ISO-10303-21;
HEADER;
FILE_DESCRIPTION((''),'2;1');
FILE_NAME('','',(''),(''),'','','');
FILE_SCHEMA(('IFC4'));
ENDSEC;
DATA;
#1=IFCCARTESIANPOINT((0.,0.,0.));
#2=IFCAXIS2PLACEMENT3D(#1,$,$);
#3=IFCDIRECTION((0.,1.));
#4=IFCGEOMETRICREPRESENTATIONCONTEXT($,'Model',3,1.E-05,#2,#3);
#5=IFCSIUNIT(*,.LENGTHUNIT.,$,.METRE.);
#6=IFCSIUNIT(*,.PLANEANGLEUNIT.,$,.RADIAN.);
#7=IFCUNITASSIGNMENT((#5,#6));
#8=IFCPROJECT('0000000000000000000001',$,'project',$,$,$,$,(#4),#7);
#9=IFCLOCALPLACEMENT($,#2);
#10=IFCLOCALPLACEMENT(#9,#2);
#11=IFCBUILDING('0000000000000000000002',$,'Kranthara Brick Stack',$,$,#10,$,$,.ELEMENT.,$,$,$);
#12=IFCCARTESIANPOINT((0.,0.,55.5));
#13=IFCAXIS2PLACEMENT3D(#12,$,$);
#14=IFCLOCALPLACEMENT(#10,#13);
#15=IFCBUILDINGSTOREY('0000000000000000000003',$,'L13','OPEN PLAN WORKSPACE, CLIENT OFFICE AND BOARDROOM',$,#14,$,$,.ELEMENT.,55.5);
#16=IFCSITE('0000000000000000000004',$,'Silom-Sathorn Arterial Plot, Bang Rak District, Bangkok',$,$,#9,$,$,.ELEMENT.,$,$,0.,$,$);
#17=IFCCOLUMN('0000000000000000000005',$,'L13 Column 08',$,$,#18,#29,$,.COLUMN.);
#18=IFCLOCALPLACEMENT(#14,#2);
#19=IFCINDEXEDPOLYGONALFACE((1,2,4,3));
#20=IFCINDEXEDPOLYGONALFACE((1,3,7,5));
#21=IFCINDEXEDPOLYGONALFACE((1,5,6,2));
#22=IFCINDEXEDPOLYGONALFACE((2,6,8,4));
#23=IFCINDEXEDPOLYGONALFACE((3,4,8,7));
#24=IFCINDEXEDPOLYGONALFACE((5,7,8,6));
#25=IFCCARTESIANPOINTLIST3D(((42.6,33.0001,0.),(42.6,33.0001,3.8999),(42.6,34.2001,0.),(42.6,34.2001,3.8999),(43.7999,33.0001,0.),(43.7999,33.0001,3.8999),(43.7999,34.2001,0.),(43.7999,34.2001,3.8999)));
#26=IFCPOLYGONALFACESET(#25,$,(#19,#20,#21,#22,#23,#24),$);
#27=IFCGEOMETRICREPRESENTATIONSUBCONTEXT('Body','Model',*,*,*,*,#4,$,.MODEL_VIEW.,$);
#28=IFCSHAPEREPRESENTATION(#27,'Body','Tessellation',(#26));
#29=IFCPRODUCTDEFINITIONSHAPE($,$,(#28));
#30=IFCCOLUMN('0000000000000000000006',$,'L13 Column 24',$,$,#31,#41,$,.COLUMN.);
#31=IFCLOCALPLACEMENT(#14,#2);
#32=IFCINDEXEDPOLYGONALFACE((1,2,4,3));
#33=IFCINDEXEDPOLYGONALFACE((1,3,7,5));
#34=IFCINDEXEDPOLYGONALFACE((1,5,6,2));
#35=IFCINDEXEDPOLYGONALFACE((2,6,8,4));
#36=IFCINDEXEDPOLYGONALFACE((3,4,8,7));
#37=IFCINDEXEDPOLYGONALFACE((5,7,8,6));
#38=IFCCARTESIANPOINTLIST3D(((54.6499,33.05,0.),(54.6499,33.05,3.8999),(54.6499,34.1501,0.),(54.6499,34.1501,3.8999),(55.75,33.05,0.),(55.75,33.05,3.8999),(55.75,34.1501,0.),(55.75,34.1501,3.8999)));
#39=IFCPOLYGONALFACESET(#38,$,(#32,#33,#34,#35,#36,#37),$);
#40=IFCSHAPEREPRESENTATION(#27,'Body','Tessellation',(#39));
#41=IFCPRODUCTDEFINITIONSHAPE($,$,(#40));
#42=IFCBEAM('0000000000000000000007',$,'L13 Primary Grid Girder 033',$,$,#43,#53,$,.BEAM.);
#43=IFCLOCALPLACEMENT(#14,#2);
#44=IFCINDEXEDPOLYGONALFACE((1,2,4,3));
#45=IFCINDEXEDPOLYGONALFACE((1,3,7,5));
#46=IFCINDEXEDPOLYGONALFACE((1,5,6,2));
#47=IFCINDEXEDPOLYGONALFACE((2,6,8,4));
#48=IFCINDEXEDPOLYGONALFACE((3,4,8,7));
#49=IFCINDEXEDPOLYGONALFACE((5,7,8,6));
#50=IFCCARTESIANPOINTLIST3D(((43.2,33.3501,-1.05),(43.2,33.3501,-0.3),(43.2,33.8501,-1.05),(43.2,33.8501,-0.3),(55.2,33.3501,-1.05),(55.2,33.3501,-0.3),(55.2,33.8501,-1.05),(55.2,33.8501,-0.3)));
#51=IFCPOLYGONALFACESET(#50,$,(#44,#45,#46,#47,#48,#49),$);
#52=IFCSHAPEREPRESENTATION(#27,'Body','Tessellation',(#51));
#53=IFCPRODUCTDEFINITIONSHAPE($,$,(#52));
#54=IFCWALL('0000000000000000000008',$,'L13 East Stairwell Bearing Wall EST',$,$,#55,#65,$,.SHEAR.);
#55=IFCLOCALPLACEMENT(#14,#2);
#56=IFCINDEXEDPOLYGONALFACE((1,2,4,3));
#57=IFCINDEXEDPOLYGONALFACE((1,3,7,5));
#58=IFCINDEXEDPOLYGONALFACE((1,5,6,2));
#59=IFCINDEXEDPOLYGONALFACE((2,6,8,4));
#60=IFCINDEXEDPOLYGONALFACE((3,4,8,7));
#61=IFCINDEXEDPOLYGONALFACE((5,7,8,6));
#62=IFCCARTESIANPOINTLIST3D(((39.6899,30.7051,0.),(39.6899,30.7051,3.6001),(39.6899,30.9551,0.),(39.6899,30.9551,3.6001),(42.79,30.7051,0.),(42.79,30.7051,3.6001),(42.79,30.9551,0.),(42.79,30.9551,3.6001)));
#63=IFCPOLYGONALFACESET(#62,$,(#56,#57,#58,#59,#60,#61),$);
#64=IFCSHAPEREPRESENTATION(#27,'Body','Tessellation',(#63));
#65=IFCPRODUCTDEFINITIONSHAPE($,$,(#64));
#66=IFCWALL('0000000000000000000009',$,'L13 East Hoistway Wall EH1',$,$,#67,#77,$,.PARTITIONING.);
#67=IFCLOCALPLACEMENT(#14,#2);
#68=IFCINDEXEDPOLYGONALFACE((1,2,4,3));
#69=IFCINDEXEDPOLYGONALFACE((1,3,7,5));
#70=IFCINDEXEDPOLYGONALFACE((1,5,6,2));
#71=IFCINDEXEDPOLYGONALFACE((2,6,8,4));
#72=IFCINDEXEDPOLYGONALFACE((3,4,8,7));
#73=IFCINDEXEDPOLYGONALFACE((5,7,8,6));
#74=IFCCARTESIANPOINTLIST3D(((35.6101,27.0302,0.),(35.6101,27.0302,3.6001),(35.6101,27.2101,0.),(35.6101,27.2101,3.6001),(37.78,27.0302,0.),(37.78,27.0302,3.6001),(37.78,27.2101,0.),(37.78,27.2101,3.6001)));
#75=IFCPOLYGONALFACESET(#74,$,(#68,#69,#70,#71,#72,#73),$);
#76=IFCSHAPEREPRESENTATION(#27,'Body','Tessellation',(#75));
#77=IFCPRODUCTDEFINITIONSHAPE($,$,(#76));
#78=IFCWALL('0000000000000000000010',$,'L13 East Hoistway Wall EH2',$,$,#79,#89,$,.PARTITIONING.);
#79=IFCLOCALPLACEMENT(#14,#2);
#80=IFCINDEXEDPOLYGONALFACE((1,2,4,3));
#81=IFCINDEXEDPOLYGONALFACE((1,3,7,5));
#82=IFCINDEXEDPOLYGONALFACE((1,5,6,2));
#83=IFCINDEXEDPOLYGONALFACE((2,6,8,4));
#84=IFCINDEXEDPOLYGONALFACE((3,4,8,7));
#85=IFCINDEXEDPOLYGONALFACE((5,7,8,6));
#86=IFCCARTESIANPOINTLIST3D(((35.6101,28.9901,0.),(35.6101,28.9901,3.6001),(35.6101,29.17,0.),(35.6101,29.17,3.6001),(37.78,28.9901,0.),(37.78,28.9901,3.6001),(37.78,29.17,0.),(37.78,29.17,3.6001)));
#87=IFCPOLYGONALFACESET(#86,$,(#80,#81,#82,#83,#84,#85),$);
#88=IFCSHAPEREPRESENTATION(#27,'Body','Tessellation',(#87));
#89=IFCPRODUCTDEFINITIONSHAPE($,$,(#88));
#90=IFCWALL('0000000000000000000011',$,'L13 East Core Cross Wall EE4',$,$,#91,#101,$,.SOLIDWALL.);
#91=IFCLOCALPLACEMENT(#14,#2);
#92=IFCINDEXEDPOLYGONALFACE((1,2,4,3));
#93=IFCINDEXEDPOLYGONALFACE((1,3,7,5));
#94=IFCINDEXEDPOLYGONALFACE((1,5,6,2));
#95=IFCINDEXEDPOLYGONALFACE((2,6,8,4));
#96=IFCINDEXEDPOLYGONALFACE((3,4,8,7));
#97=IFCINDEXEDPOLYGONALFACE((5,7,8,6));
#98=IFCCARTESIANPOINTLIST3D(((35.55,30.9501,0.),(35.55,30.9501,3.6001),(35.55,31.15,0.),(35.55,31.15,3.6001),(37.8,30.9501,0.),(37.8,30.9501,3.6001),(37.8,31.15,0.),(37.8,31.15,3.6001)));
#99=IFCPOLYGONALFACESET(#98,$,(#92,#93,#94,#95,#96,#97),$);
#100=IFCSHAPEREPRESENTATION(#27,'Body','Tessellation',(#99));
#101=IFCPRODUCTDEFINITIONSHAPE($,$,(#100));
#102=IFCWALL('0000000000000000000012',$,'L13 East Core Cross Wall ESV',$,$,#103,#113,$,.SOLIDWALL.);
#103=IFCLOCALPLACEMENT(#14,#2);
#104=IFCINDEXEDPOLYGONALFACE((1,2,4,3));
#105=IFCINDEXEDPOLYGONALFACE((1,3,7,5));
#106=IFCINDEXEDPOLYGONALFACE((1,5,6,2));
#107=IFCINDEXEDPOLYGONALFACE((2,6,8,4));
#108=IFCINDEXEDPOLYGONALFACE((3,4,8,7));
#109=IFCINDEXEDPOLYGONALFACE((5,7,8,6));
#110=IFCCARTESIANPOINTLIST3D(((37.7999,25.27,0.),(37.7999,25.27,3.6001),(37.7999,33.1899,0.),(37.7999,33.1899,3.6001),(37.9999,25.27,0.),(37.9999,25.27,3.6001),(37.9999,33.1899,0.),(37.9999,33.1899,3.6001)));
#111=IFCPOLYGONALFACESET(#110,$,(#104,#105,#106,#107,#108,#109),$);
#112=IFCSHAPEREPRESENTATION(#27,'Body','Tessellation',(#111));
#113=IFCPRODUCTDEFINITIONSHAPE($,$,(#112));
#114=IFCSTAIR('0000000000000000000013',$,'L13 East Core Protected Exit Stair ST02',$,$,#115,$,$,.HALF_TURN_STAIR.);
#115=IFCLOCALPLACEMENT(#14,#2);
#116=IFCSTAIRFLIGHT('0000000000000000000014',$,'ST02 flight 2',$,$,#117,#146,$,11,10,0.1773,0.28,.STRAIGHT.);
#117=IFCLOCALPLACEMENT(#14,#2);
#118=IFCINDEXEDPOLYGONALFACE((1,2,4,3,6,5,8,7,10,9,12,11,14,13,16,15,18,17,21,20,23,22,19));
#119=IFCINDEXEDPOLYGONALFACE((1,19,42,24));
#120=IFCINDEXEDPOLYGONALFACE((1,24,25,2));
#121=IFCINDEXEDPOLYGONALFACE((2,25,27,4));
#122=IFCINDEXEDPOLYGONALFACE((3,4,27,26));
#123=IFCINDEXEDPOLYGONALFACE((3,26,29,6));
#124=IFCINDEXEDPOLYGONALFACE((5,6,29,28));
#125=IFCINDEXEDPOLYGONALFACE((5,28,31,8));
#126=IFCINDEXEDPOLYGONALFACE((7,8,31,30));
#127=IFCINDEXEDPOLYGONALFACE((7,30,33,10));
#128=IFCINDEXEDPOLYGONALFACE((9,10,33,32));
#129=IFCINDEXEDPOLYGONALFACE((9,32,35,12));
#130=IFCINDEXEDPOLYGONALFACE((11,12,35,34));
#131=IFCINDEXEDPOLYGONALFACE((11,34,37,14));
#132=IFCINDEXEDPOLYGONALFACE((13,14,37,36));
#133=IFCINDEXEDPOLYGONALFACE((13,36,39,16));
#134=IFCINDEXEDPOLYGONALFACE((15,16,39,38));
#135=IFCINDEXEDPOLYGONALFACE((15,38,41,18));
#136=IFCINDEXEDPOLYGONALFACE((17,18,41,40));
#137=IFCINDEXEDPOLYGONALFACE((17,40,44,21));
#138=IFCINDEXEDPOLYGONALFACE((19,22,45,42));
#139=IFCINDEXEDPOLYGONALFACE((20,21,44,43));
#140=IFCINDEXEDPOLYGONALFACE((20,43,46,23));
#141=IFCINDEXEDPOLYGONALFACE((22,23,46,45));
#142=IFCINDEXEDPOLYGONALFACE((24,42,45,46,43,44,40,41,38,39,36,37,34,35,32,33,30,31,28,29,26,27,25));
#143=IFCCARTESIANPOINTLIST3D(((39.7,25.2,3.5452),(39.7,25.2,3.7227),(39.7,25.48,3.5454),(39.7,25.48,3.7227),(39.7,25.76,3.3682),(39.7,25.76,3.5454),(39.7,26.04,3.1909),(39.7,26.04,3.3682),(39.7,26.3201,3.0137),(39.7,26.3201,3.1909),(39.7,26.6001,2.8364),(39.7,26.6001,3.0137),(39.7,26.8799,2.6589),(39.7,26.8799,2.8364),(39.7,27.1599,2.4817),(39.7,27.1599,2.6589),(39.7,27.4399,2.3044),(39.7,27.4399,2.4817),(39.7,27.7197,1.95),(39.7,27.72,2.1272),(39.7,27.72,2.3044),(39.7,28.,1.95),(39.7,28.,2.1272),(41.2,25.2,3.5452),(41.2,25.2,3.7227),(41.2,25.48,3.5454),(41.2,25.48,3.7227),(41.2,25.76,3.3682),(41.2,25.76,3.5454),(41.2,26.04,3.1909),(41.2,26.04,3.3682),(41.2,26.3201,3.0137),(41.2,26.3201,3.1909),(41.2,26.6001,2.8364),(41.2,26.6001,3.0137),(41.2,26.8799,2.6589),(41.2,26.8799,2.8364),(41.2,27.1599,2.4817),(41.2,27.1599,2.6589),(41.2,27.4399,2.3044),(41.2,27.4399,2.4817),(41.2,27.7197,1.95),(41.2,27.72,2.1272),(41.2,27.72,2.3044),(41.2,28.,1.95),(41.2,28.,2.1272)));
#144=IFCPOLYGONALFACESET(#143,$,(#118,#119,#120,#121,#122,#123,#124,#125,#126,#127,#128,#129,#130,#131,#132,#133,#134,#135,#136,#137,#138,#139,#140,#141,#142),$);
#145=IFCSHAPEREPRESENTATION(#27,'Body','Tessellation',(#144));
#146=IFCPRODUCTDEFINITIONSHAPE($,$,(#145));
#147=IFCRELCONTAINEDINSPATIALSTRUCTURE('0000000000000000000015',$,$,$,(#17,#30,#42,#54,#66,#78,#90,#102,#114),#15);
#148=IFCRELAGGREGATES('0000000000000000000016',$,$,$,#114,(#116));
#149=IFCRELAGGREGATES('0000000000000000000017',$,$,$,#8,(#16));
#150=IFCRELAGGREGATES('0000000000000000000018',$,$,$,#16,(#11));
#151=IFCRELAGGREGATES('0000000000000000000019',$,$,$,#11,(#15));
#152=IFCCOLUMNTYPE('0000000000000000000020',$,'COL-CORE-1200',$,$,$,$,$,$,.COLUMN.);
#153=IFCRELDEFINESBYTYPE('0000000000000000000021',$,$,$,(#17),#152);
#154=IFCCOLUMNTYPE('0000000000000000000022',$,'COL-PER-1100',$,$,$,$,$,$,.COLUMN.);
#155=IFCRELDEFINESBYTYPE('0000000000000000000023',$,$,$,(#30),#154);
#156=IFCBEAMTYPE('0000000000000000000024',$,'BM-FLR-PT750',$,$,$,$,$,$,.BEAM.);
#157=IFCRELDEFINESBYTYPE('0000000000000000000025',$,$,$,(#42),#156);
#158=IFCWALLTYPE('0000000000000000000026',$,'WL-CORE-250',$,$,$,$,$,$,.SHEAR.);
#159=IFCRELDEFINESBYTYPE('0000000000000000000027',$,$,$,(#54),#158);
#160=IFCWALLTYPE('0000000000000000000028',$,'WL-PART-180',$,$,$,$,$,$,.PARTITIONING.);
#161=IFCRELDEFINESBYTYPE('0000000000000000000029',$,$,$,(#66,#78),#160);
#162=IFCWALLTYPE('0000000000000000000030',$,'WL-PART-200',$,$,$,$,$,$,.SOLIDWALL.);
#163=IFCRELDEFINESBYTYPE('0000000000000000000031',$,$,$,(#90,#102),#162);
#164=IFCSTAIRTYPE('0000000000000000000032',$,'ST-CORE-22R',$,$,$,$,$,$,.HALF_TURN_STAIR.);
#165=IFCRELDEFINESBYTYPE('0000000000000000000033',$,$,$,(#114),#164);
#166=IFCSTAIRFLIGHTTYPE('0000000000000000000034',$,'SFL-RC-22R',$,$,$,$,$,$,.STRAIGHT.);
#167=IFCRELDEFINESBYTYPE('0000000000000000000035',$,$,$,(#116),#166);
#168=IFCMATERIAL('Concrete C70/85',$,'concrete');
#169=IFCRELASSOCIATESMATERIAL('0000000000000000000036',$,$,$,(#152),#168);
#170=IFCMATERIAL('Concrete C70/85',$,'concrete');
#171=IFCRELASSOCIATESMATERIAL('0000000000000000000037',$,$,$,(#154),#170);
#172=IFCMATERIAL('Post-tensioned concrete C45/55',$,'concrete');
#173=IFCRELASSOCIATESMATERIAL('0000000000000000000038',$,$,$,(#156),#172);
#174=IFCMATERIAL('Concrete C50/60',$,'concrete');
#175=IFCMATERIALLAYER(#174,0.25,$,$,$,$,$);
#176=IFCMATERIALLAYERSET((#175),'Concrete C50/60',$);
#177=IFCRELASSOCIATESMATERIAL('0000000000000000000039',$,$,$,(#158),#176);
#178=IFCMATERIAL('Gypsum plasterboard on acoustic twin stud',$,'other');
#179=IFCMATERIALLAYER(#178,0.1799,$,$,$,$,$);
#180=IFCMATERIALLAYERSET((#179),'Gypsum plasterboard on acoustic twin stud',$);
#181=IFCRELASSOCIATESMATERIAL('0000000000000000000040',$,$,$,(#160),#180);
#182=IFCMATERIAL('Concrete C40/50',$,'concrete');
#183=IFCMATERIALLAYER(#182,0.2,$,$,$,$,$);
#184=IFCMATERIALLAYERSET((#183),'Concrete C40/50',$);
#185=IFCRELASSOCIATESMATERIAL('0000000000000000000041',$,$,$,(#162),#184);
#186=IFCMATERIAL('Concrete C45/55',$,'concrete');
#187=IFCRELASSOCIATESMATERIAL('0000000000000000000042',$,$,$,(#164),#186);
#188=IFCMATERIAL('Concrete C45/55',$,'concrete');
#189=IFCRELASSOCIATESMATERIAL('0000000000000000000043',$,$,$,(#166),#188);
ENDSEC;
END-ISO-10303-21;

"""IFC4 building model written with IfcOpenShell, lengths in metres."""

from ifc_helpers import new_model, si_unit, direction, frame, frame_2d, origin, origin_2d, place, context, subcontext, project, spatial, polyline, rectangle, outline, extrude, material, layer, layer_set, material_profile, profile_set, type_object, element, aggregate, save


model = new_model("IFC4")

# Units and contexts
model_context = context("Model", 3, precision=1e-05, world=origin(), true_north=direction((0.0, 1.0)))
body_context = subcontext(model_context, "Body", "Model", "MODEL_VIEW")
ifc_project = project(units=[si_unit("LENGTHUNIT", "METRE"), si_unit("PLANEANGLEUNIT", "RADIAN")], contexts=[model_context])

# Site, building, storey
site_placement = place(None, origin())
site = spatial("IfcSite", under=ifc_project, at=site_placement, Name="Silom-Sathorn Arterial Plot, Bang Rak District, Bangkok", CompositionType="ELEMENT", RefElevation=0.0)
building_placement = place(site_placement, origin())
building = spatial("IfcBuilding", under=site, at=building_placement, Name="Kranthara Brick Stack", CompositionType="ELEMENT")
storey_placement = place(building_placement, frame((0.0, 0.0, 55.5)))
storey = spatial("IfcBuildingStorey", under=building, at=storey_placement, Name="L13", Description="OPEN PLAN WORKSPACE, CLIENT OFFICE AND BOARDROOM", CompositionType="ELEMENT", Elevation=55.5)

# Columns
ifc_material_1 = material(Name="Concrete C70/85", Category="concrete")
ifc_material_profile_1 = material_profile(ifc_material_1, rectangle(XDim=1.2, YDim=1.2, at=origin_2d()), Name="RC 1200x1200")
ifc_profile_set_1 = profile_set([ifc_material_profile_1], Name="Concrete C70/85")
column_type_1 = type_object("IfcColumnType", Name="COL-CORE-1200", PredefinedType="COLUMN", material=ifc_profile_set_1)
column_1_placement = place(storey_placement, frame((43.2, 33.6001, 0.0), z_axis=(0.0, 0.0, 1.0), x_axis=(1.0, 0.0, 0.0)))
element("IfcColumn", 1, at=column_1_placement, inside=storey, type_object=column_type_1, Name="L13 Column 08", PredefinedType="COLUMN", context=body_context, shape_type="SweptSolid", body=[
    extrude(rectangle(XDim=1.2, YDim=1.2, at=origin_2d()), origin(), (0.0, 0.0, 1.0), 3.8999),
])
ifc_material_2 = material(Name="Concrete C70/85", Category="concrete")
ifc_material_profile_2 = material_profile(ifc_material_2, rectangle(XDim=1.1001, YDim=1.1001, at=origin_2d()), Name="RC 1100x1100")
ifc_profile_set_2 = profile_set([ifc_material_profile_2], Name="Concrete C70/85")
column_type_2 = type_object("IfcColumnType", Name="COL-PER-1100", PredefinedType="COLUMN", material=ifc_profile_set_2)
column_2_placement = place(storey_placement, frame((55.2, 33.6001, 0.0), z_axis=(0.0, 0.0, 1.0), x_axis=(1.0, 0.0, 0.0)))
element("IfcColumn", 2, at=column_2_placement, inside=storey, type_object=column_type_2, Name="L13 Column 24", PredefinedType="COLUMN", context=body_context, shape_type="SweptSolid", body=[
    extrude(rectangle(XDim=1.1001, YDim=1.1001, at=origin_2d()), origin(), (0.0, 0.0, 1.0), 3.8999),
])

# Beam
ifc_material_3 = material(Name="Post-tensioned concrete C45/55", Category="concrete")
ifc_material_profile_3 = material_profile(ifc_material_3, rectangle(XDim=0.5, YDim=0.75, at=origin_2d()), Name="PT 500x750")
ifc_profile_set_3 = profile_set([ifc_material_profile_3], Name="Post-tensioned concrete C45/55")
beam_type = type_object("IfcBeamType", Name="BM-FLR-PT750", PredefinedType="BEAM", material=ifc_profile_set_3)
beam_placement = place(storey_placement, frame((43.2, 33.6001, -0.675), z_axis=(1.0, 0.0, 0.0), x_axis=(0.0, 1.0, 0.0)))
element("IfcBeam", 3, at=beam_placement, inside=storey, type_object=beam_type, Name="L13 Primary Grid Girder 033", PredefinedType="BEAM", context=body_context, shape_type="SweptSolid", body=[
    extrude(rectangle(XDim=0.5, YDim=0.75, at=origin_2d()), origin(), (0.0, 0.0, 1.0), 12.0),
])

# Wall
ifc_material_4 = material(Name="Concrete C50/60", Category="concrete")
ifc_layer_1 = layer(ifc_material_4, 0.25)
ifc_layer_set_1 = layer_set([ifc_layer_1], Name="Concrete C50/60")
wall_type_1 = type_object("IfcWallType", Name="WL-CORE-250", PredefinedType="SHEAR", material=ifc_layer_set_1)
wall_1_placement = place(storey_placement, frame((39.6899, 30.8301, 0.0), z_axis=(0.0, 0.0, 1.0), x_axis=(1.0, 0.0, 0.0)))
element("IfcWall", 4, at=wall_1_placement, inside=storey, type_object=wall_type_1, Name="L13 East Stairwell Bearing Wall EST", PredefinedType="SHEAR", context=body_context, shape_type="SweptSolid", body=[
    extrude(rectangle(XDim=3.1001, YDim=0.25, at=frame_2d((1.55, 0.0))), origin(), (0.0, 0.0, 1.0), 3.6001),
])

# Walls
ifc_material_5 = material(Name="Gypsum plasterboard on acoustic twin stud", Category="other")
ifc_layer_2 = layer(ifc_material_5, 0.1799)
ifc_layer_set_2 = layer_set([ifc_layer_2], Name="Gypsum plasterboard on acoustic twin stud")
wall_type_2 = type_object("IfcWallType", Name="WL-PART-180", PredefinedType="PARTITIONING", material=ifc_layer_set_2)
for number, where, z_axis, x_axis, name in (
    (5, (35.6101, 27.1201, 0.0), (0.0, 0.0, 1.0), (1.0, 0.0, 0.0), "L13 East Hoistway Wall EH1"),
    (6, (35.6101, 29.0801, 0.0), (0.0, 0.0, 1.0), (1.0, 0.0, 0.0), "L13 East Hoistway Wall EH2"),
):
    element("IfcWall", number, at=place(storey_placement, frame(where, z_axis=z_axis, x_axis=x_axis)), inside=storey, type_object=wall_type_2, Name=name, PredefinedType="PARTITIONING", context=body_context, shape_type="SweptSolid", body=[
        extrude(rectangle(XDim=2.1699, YDim=0.1799, at=frame_2d((1.085, 0.0))), origin(), (0.0, 0.0, 1.0), 3.6001),
    ])
ifc_material_6 = material(Name="Concrete C40/50", Category="concrete")
ifc_layer_3 = layer(ifc_material_6, 0.2)
ifc_layer_set_3 = layer_set([ifc_layer_3], Name="Concrete C40/50")
wall_type_3 = type_object("IfcWallType", Name="WL-PART-200", PredefinedType="SOLIDWALL", material=ifc_layer_set_3)
wall_2_placement = place(storey_placement, frame((35.55, 31.05, 0.0), z_axis=(0.0, 0.0, 1.0), x_axis=(1.0, 0.0, 0.0)))
element("IfcWall", 7, at=wall_2_placement, inside=storey, type_object=wall_type_3, Name="L13 East Core Cross Wall EE4", PredefinedType="SOLIDWALL", context=body_context, shape_type="SweptSolid", body=[
    extrude(rectangle(XDim=2.25, YDim=0.2, at=frame_2d((1.125, 0.0))), origin(), (0.0, 0.0, 1.0), 3.6001),
])
wall_3_placement = place(storey_placement, frame((37.8999, 25.27, 0.0), z_axis=(0.0, 0.0, 1.0), x_axis=(0.0, 1.0, 0.0)))
element("IfcWall", 8, at=wall_3_placement, inside=storey, type_object=wall_type_3, Name="L13 East Core Cross Wall ESV", PredefinedType="SOLIDWALL", context=body_context, shape_type="SweptSolid", body=[
    extrude(rectangle(XDim=7.9199, YDim=0.2, at=frame_2d((3.96, 0.0))), origin(), (0.0, 0.0, 1.0), 3.6001),
])

# Stair, stair flight
ifc_material_7 = material(Name="Concrete C45/55", Category="concrete")
stair_type = type_object("IfcStairType", Name="ST-CORE-22R", PredefinedType="HALF_TURN_STAIR", material=ifc_material_7)
stair_placement = place(storey_placement, origin())
stair = element("IfcStair", 9, at=stair_placement, inside=storey, type_object=stair_type, Name="L13 East Core Protected Exit Stair ST02", PredefinedType="HALF_TURN_STAIR")
ifc_material_8 = material(Name="Concrete C45/55", Category="concrete")
stair_flight_type = type_object("IfcStairFlightType", Name="SFL-RC-22R", PredefinedType="STRAIGHT", material=ifc_material_8)
stair_flight_placement = place(storey_placement, frame((40.45, 28.0, 1.95), z_axis=(0.0, 0.0, 1.0), x_axis=(0.0, -1.0, 0.0)))
stair_flight = element("IfcStairFlight", 10, at=stair_flight_placement, type_object=stair_flight_type, Name="ST02 flight 2", NumberOfRisers=11, NumberOfTreads=10, PredefinedType="STRAIGHT", RiserHeight=0.1773, TreadLength=0.28, context=body_context, shape_type="SweptSolid", body=[
    extrude(outline(polyline([(0.0, 0.0), (0.0, 0.1772), (0.28, 0.1772), (0.28, 0.3545), (0.5601, 0.3545), (0.5601, 0.5317), (0.8401, 0.5317), (0.8401, 0.709), (1.1201, 0.709), (1.1201, 0.8865), (1.3999, 0.8865), (1.3999, 1.0637), (1.6799, 1.0637), (1.6799, 1.241), (1.96, 1.241), (1.96, 1.4182), (2.24, 1.4182), (2.24, 1.5955), (2.52, 1.5955), (2.52, 1.7727), (2.8, 1.7727), (2.8, 1.95), (2.8, 1.5952), (0.2803, 0.0), (0.0, 0.0)])), frame((0.0, 0.75, 0.0), z_axis=(0.0, -1.0, 0.0), x_axis=(1.0, 0.0, 0.0)), (0.0, 0.0, 1.0), 1.5),
])
aggregate(stair, [stair_flight])

save(model, "model.ifc")
